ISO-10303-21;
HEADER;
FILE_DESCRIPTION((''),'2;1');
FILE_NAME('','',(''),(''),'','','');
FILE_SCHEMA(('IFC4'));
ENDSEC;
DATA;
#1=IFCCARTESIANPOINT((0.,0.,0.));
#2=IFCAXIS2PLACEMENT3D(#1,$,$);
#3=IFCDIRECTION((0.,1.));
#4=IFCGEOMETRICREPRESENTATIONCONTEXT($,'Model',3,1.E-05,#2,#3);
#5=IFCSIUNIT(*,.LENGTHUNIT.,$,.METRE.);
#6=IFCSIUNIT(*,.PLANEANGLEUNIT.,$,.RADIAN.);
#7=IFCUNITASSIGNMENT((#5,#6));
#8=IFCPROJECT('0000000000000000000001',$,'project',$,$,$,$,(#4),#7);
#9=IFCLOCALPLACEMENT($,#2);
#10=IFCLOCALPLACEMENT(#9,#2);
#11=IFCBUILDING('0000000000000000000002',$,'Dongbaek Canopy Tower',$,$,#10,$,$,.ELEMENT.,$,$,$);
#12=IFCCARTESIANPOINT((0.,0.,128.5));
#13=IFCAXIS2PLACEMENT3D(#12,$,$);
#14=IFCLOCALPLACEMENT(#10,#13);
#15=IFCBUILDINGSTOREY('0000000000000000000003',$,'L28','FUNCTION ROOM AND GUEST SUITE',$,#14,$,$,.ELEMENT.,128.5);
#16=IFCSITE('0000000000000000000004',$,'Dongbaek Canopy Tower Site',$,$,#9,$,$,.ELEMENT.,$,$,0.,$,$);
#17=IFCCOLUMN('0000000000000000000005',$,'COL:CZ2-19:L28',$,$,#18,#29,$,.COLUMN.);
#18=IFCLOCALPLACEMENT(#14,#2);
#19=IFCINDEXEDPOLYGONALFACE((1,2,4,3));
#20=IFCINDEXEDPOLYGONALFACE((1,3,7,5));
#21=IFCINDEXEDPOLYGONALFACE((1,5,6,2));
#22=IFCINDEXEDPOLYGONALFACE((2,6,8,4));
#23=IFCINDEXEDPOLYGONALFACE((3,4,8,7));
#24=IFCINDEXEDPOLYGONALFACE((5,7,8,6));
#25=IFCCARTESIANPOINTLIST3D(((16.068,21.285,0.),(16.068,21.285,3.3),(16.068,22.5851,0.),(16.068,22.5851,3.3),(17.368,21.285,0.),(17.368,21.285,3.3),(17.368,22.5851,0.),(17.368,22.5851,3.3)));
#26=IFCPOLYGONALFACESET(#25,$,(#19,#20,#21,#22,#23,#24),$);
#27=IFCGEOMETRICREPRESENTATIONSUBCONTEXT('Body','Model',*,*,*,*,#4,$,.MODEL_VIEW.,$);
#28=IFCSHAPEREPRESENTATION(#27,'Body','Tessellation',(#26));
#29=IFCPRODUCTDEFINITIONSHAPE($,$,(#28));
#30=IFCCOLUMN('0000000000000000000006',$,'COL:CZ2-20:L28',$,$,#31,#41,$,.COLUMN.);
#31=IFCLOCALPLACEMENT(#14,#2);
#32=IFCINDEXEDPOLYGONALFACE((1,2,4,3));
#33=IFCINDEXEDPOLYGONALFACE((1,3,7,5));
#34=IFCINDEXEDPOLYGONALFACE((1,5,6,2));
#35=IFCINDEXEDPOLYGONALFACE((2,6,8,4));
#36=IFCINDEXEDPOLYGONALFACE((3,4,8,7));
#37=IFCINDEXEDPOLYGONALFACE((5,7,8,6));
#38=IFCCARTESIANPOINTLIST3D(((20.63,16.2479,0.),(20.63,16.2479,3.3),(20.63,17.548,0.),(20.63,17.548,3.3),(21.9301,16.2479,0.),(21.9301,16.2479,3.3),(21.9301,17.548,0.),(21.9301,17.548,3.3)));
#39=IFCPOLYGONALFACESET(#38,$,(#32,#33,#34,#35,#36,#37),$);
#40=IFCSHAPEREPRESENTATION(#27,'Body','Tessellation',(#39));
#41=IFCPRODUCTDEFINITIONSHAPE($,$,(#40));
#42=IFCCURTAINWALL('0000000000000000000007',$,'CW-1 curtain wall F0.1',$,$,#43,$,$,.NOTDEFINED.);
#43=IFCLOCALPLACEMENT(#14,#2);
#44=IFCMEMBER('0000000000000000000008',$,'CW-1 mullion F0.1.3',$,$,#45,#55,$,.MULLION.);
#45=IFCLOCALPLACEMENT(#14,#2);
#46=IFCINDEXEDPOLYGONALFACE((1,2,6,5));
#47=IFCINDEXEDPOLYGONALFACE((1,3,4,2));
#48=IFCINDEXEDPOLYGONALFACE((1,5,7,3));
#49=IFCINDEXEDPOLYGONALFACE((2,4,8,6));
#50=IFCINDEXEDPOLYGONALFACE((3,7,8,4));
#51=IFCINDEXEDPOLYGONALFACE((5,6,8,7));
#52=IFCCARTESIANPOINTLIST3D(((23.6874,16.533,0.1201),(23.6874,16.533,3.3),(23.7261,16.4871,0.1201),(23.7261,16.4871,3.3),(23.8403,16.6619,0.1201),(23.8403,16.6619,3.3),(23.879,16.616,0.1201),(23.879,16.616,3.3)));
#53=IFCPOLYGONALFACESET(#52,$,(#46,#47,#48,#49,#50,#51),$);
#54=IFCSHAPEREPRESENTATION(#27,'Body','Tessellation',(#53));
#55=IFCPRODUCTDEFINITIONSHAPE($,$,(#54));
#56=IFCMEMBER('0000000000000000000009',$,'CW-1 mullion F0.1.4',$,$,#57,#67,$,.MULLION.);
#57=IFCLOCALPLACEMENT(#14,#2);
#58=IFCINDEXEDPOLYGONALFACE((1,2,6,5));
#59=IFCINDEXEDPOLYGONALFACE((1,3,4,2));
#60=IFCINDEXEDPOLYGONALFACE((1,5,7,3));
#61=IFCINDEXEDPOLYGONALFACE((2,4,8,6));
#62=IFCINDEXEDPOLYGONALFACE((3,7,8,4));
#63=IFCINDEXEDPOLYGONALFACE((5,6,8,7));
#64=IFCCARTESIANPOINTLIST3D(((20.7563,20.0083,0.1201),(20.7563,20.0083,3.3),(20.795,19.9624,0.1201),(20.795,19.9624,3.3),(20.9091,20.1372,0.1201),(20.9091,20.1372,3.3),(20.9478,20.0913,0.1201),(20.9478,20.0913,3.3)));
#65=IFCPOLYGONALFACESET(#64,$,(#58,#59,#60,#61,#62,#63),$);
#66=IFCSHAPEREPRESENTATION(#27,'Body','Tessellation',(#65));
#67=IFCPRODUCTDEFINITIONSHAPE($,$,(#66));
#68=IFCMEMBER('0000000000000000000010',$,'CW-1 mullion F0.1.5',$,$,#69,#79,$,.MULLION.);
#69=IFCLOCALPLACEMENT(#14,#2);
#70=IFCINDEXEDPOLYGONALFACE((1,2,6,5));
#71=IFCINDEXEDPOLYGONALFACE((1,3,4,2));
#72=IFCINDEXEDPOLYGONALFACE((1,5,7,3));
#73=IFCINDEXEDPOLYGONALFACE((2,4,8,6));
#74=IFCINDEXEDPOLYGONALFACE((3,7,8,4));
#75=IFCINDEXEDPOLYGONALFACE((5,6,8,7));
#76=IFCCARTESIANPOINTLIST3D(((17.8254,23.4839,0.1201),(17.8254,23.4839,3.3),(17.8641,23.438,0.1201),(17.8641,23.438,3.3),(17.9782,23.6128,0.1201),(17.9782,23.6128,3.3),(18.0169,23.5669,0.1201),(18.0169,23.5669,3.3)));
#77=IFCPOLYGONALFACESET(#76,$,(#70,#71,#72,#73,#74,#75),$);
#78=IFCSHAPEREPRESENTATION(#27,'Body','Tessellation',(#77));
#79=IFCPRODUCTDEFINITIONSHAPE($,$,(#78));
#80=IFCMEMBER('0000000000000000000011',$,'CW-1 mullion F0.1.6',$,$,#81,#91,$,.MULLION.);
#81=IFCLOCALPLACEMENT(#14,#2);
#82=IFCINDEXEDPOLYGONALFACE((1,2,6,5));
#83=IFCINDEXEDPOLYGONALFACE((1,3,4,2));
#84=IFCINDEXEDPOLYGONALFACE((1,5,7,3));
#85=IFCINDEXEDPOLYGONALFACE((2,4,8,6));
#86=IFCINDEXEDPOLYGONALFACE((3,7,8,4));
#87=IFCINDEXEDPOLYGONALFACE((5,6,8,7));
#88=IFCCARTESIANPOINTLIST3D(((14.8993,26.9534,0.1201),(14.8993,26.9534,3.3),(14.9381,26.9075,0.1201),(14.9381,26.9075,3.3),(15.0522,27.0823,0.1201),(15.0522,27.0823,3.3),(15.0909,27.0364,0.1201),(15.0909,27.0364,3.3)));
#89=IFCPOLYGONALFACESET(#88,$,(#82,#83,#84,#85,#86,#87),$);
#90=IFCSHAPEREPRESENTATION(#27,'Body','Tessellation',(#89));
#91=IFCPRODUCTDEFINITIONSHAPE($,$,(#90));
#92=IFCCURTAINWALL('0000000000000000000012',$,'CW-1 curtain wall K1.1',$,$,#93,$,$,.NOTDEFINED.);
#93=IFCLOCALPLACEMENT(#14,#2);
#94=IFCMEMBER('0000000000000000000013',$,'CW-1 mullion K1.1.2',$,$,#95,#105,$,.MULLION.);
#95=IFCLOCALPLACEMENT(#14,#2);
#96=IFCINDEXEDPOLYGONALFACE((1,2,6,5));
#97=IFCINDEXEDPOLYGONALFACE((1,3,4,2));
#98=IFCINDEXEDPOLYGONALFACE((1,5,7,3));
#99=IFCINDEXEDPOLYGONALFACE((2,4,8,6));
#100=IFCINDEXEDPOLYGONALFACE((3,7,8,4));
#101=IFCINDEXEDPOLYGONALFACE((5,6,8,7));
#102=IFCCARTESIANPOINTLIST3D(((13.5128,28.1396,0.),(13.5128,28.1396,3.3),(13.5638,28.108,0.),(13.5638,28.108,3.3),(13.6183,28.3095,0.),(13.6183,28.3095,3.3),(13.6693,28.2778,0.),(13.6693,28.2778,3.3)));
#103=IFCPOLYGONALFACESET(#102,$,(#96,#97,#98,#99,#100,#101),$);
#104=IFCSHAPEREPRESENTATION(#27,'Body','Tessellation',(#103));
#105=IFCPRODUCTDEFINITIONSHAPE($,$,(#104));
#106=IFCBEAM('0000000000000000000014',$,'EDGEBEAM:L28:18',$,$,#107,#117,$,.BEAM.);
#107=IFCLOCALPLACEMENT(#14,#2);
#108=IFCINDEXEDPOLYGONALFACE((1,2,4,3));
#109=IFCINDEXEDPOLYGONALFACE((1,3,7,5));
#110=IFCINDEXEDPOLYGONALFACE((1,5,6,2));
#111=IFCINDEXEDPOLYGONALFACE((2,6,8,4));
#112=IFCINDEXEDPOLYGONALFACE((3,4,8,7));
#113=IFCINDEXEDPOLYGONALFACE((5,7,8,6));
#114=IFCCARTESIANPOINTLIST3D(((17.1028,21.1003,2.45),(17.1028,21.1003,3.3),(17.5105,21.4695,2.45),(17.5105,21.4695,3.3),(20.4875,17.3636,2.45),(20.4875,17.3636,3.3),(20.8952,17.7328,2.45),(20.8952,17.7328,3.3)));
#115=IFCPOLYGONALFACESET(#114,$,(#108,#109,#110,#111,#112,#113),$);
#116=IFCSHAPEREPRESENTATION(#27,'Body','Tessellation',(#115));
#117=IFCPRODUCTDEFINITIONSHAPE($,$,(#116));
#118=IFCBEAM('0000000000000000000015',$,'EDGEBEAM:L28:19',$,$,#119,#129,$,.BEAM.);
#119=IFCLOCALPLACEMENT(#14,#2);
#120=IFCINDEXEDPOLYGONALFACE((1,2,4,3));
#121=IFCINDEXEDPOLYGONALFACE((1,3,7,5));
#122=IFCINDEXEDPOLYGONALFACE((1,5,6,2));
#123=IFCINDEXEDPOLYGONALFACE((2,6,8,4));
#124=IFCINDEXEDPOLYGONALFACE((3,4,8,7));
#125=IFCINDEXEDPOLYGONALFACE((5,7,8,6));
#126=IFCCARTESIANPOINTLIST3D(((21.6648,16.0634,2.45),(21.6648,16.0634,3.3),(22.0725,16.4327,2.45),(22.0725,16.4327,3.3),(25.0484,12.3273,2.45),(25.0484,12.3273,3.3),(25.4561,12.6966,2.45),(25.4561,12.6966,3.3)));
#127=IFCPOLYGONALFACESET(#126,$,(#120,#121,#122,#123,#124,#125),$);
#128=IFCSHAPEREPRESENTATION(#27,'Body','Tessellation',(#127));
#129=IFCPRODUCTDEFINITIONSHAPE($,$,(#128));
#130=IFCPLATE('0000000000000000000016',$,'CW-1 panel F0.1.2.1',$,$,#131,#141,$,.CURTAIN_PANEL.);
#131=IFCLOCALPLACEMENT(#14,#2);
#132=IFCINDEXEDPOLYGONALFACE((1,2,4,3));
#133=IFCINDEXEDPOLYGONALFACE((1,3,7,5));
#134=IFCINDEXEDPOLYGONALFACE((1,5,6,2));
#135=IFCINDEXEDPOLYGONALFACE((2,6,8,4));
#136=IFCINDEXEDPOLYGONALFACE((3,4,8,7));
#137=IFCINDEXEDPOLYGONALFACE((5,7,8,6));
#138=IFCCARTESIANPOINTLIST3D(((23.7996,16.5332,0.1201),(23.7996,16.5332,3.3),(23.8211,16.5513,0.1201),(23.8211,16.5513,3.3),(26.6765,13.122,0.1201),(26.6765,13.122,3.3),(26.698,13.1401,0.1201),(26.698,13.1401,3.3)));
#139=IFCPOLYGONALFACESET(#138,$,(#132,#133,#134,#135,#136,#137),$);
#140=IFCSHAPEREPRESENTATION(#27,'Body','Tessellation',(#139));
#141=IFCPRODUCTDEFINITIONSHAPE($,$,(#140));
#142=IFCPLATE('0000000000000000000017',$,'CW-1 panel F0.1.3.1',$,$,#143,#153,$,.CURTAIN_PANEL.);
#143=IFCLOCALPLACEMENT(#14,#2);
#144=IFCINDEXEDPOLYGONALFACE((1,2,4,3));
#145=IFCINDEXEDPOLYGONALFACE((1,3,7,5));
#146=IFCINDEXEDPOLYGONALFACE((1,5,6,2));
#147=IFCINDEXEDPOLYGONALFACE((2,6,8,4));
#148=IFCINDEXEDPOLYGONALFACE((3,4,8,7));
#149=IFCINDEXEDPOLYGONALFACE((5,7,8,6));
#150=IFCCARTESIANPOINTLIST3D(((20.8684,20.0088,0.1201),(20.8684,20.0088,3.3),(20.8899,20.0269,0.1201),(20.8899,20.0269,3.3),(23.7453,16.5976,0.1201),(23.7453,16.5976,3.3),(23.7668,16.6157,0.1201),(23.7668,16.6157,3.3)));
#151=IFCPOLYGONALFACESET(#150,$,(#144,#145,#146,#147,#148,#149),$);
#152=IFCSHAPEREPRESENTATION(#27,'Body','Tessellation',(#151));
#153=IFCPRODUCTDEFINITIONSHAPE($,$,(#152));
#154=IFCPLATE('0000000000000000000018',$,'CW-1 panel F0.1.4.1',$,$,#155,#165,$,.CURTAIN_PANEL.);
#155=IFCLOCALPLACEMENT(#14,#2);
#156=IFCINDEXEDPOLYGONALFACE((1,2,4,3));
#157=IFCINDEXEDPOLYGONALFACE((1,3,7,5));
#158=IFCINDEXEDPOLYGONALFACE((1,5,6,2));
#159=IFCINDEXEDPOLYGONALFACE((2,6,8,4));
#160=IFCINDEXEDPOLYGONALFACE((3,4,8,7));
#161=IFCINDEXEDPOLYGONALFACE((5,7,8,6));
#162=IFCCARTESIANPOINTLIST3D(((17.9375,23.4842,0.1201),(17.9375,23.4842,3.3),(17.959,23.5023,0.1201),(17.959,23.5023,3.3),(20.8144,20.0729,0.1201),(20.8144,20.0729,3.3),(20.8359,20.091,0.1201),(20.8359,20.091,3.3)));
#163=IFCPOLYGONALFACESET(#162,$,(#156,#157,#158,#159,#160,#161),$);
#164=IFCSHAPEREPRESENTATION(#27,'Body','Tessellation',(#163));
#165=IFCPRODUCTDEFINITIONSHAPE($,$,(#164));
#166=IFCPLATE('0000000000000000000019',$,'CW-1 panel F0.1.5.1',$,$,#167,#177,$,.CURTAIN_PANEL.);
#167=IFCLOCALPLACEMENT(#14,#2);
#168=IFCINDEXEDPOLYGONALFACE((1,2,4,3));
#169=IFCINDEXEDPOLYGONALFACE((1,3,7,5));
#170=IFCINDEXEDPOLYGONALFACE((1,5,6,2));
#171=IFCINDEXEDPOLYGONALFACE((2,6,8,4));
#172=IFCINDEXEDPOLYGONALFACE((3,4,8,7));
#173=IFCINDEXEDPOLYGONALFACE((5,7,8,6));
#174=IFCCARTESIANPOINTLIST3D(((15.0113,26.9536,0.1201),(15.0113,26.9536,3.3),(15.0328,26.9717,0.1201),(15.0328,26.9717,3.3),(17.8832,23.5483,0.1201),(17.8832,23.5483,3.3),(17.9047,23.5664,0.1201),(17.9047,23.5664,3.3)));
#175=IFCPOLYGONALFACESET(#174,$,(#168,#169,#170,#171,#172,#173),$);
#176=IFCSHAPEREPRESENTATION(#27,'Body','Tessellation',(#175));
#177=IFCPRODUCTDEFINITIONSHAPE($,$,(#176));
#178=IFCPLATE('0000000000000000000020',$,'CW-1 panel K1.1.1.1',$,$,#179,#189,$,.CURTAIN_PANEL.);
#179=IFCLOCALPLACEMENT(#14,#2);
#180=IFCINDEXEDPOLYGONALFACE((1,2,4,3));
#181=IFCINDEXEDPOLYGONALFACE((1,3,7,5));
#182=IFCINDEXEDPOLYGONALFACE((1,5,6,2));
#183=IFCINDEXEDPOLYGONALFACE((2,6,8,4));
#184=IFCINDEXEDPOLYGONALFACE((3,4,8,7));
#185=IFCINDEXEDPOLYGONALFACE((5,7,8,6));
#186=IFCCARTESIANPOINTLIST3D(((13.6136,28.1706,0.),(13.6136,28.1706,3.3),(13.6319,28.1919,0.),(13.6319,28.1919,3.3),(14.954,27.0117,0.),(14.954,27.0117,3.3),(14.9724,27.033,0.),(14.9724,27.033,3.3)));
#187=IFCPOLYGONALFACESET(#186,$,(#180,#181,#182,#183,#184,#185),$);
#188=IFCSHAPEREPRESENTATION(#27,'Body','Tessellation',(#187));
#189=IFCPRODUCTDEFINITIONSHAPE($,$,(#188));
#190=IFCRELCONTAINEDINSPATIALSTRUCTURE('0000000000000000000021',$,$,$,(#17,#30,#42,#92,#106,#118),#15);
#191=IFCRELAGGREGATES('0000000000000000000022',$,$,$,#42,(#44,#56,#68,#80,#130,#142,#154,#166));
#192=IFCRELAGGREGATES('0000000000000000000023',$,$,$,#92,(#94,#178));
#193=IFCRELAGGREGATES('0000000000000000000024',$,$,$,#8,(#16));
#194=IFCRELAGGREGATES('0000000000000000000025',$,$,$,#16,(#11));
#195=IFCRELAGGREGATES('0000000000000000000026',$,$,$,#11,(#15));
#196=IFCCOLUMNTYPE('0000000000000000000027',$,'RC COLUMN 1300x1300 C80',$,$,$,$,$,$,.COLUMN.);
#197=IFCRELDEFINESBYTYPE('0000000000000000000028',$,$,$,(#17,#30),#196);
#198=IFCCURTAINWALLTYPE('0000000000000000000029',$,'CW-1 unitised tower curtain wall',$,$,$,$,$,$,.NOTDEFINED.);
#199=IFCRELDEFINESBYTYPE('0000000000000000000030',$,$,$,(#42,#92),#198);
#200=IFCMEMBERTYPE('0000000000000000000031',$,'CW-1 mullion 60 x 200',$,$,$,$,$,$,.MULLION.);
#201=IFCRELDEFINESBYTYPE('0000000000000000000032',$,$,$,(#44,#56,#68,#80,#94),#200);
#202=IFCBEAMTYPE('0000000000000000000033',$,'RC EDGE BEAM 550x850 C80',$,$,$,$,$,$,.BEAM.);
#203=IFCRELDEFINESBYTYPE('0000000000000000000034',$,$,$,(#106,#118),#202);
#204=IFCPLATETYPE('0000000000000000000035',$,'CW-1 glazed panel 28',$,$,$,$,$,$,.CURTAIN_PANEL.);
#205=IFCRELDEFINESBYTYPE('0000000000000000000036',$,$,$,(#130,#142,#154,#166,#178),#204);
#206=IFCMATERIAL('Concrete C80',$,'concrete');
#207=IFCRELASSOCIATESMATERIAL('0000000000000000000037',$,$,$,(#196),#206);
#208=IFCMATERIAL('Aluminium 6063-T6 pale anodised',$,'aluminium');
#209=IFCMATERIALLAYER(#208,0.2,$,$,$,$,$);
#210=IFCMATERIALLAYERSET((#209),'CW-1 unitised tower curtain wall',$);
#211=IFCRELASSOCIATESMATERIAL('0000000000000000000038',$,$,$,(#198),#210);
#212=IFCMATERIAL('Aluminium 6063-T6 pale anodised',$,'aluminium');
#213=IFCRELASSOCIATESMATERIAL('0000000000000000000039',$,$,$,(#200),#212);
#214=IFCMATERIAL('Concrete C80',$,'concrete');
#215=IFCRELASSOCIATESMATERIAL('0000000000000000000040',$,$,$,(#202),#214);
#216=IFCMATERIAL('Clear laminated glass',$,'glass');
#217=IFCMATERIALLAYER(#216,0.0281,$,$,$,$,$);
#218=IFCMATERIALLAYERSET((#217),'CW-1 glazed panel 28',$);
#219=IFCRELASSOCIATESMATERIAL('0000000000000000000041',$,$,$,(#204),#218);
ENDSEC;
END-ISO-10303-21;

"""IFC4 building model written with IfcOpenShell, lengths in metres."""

from ifc_helpers import new_model, si_unit, direction, frame, origin, origin_2d, place, context, subcontext, project, spatial, rectangle, extrude, material, layer, layer_set, material_profile, profile_set, type_object, element, aggregate, save


model = new_model("IFC4")

# Units and contexts
model_context = context("Model", 3, precision=1e-05, world=origin(), true_north=direction((0.0, 1.0)))
body_context = subcontext(model_context, "Body", "Model", "MODEL_VIEW")
ifc_project = project(units=[si_unit("LENGTHUNIT", "METRE"), si_unit("PLANEANGLEUNIT", "RADIAN")], contexts=[model_context])

# Site, building, storey
site_placement = place(None, origin())
site = spatial("IfcSite", under=ifc_project, at=site_placement, Name="Dongbaek Canopy Tower Site", CompositionType="ELEMENT", RefElevation=0.0)
building_placement = place(site_placement, origin())
building = spatial("IfcBuilding", under=site, at=building_placement, Name="Dongbaek Canopy Tower", CompositionType="ELEMENT")
storey_placement = place(building_placement, frame((0.0, 0.0, 128.5)))
storey = spatial("IfcBuildingStorey", under=building, at=storey_placement, Name="L28", Description="FUNCTION ROOM AND GUEST SUITE", CompositionType="ELEMENT", Elevation=128.5)

# Columns
ifc_material_1 = material(Name="Concrete C80", Category="concrete")
ifc_material_profile_1 = material_profile(ifc_material_1, rectangle(XDim=1.3, YDim=1.3, at=origin_2d()), Name="RC COLUMN 1300x1300 C80")
ifc_profile_set_1 = profile_set([ifc_material_profile_1], Name="Concrete C80")
column_type = type_object("IfcColumnType", Name="RC COLUMN 1300x1300 C80", PredefinedType="COLUMN", material=ifc_profile_set_1)
for number, where, z_axis, x_axis, name in (
    (1, (16.718, 21.9351, 0.0), (0.0, 0.0, 1.0), (1.0, 0.0, 0.0), "COL:CZ2-19:L28"),
    (2, (21.28, 16.8979, 0.0), (0.0, 0.0, 1.0), (1.0, 0.0, 0.0), "COL:CZ2-20:L28"),
):
    element("IfcColumn", number, at=place(storey_placement, frame(where, z_axis=z_axis, x_axis=x_axis)), inside=storey, type_object=column_type, Name=name, PredefinedType="COLUMN", context=body_context, shape_type="SweptSolid", body=[
        extrude(rectangle(XDim=1.3, YDim=1.3, at=origin_2d()), origin(), (0.0, 0.0, 1.0), 3.3),
    ])

# Curtain wall, members
ifc_material_2 = material(Name="Aluminium 6063-T6 pale anodised", Category="aluminium")
ifc_layer_1 = layer(ifc_material_2, 0.2)
ifc_layer_set_1 = layer_set([ifc_layer_1], Name="CW-1 unitised tower curtain wall")
curtain_wall_type = type_object("IfcCurtainWallType", Name="CW-1 unitised tower curtain wall", PredefinedType="NOTDEFINED", material=ifc_layer_set_1)
curtain_wall_1_placement = place(storey_placement, origin())
curtain_wall_1 = element("IfcCurtainWall", 3, at=curtain_wall_1_placement, inside=storey, type_object=curtain_wall_type, Name="CW-1 curtain wall F0.1", PredefinedType="NOTDEFINED")
ifc_material_3 = material(Name="Aluminium 6063-T6 pale anodised", Category="aluminium")
ifc_material_profile_2 = material_profile(ifc_material_3, rectangle(XDim=0.2, YDim=0.0601, at=origin_2d()), Name="CW-1 mullion 60 x 200")
ifc_profile_set_2 = profile_set([ifc_material_profile_2], Name="Aluminium 6063-T6 pale anodised")
member_type = type_object("IfcMemberType", Name="CW-1 mullion 60 x 200", PredefinedType="MULLION", material=ifc_profile_set_2)
member_1_placement = place(storey_placement, frame((23.7832, 16.5745, 0.1201), z_axis=(0.0, 0.0, 1.0), x_axis=(0.764439, 0.644696, 0.0)))
member_1 = element("IfcMember", 4, at=member_1_placement, type_object=member_type, Name="CW-1 mullion F0.1.3", PredefinedType="MULLION", context=body_context, shape_type="SweptSolid", body=[
    extrude(rectangle(XDim=0.2, YDim=0.0601, at=origin_2d()), origin(), (0.0, 0.0, 1.0), 3.1799),
])
member_2_placement = place(storey_placement, frame((20.8521, 20.0498, 0.1201), z_axis=(0.0, 0.0, 1.0), x_axis=(0.764439, 0.644696, 0.0)))
member_2 = element("IfcMember", 5, at=member_2_placement, type_object=member_type, Name="CW-1 mullion F0.1.4", PredefinedType="MULLION", context=body_context, shape_type="SweptSolid", body=[
    extrude(rectangle(XDim=0.2, YDim=0.0601, at=origin_2d()), origin(), (0.0, 0.0, 1.0), 3.1799),
])
member_3_placement = place(storey_placement, frame((17.9211, 23.5254, 0.1201), z_axis=(0.0, 0.0, 1.0), x_axis=(0.764439, 0.644696, 0.0)))
member_3 = element("IfcMember", 6, at=member_3_placement, type_object=member_type, Name="CW-1 mullion F0.1.5", PredefinedType="MULLION", context=body_context, shape_type="SweptSolid", body=[
    extrude(rectangle(XDim=0.2, YDim=0.0601, at=origin_2d()), origin(), (0.0, 0.0, 1.0), 3.1799),
])
member_4_placement = place(storey_placement, frame((14.9951, 26.9949, 0.1201), z_axis=(0.0, 0.0, 1.0), x_axis=(0.764439, 0.644696, 0.0)))
member_4 = element("IfcMember", 7, at=member_4_placement, type_object=member_type, Name="CW-1 mullion F0.1.6", PredefinedType="MULLION", context=body_context, shape_type="SweptSolid", body=[
    extrude(rectangle(XDim=0.2, YDim=0.0601, at=origin_2d()), origin(), (0.0, 0.0, 1.0), 3.1799),
])

# Curtain wall, member
curtain_wall_2_placement = place(storey_placement, origin())
curtain_wall_2 = element("IfcCurtainWall", 8, at=curtain_wall_2_placement, inside=storey, type_object=curtain_wall_type, Name="CW-1 curtain wall K1.1", PredefinedType="NOTDEFINED")
member_5_placement = place(storey_placement, frame((13.5911, 28.2087, 0.0), z_axis=(0.0, 0.0, 1.0), x_axis=(0.527441, 0.849592, 0.0)))
member_5 = element("IfcMember", 9, at=member_5_placement, type_object=member_type, Name="CW-1 mullion K1.1.2", PredefinedType="MULLION", context=body_context, shape_type="SweptSolid", body=[
    extrude(rectangle(XDim=0.2, YDim=0.0601, at=origin_2d()), origin(), (0.0, 0.0, 1.0), 3.3),
])

# Beams
ifc_material_4 = material(Name="Concrete C80", Category="concrete")
ifc_material_profile_3 = material_profile(ifc_material_4, rectangle(XDim=0.55, YDim=0.8501, at=origin_2d()), Name="RC EDGE BEAM 550x850 C80")
ifc_profile_set_3 = profile_set([ifc_material_profile_3], Name="Concrete C80")
beam_type = type_object("IfcBeamType", Name="RC EDGE BEAM 550x850 C80", PredefinedType="BEAM", material=ifc_profile_set_3)
beam_1_placement = place(storey_placement, frame((17.3066, 21.2849, 2.875), z_axis=(0.671332, -0.741157, 0.0), x_axis=(0.741157, 0.671332, 0.0)))
element("IfcBeam", 10, at=beam_1_placement, inside=storey, type_object=beam_type, Name="EDGEBEAM:L28:18", PredefinedType="BEAM", context=body_context, shape_type="SweptSolid", body=[
    extrude(rectangle(XDim=0.55, YDim=0.8501, at=origin_2d()), origin(), (0.0, 0.0, 1.0), 5.0417),
])
beam_2_placement = place(storey_placement, frame((21.8687, 16.248, 2.875), z_axis=(0.671271, -0.741212, 0.0), x_axis=(0.741212, 0.671271, 0.0)))
element("IfcBeam", 11, at=beam_2_placement, inside=storey, type_object=beam_type, Name="EDGEBEAM:L28:19", PredefinedType="BEAM", context=body_context, shape_type="SweptSolid", body=[
    extrude(rectangle(XDim=0.55, YDim=0.8501, at=origin_2d()), origin(), (0.0, 0.0, 1.0), 5.0405),
])

# Plates
ifc_material_5 = material(Name="Clear laminated glass", Category="glass")
ifc_layer_2 = layer(ifc_material_5, 0.0281)
ifc_layer_set_2 = layer_set([ifc_layer_2], Name="CW-1 glazed panel 28")
plate_type = type_object("IfcPlateType", Name="CW-1 glazed panel 28", PredefinedType="CURTAIN_PANEL", material=ifc_layer_set_2)
plate_1_placement = place(storey_placement, frame((25.2488, 14.8367, 0.1201), z_axis=(0.0, 0.0, 1.0), x_axis=(-0.644696, 0.764439, 0.0)))
plate_1 = element("IfcPlate", 12, at=plate_1_placement, type_object=plate_type, Name="CW-1 panel F0.1.2.1", PredefinedType="CURTAIN_PANEL", context=body_context, shape_type="SweptSolid", body=[
    extrude(rectangle(XDim=4.4624, YDim=0.0281, at=origin_2d()), origin(), (0.0, 0.0, 1.0), 3.1799),
])
plate_2_placement = place(storey_placement, frame((22.3176, 18.3123, 0.1201), z_axis=(0.0, 0.0, 1.0), x_axis=(-0.644696, 0.764439, 0.0)))
plate_2 = element("IfcPlate", 13, at=plate_2_placement, type_object=plate_type, Name="CW-1 panel F0.1.3.1", PredefinedType="CURTAIN_PANEL", context=body_context, shape_type="SweptSolid", body=[
    extrude(rectangle(XDim=4.4624, YDim=0.0281, at=origin_2d()), origin(), (0.0, 0.0, 1.0), 3.1799),
])
plate_3_placement = place(storey_placement, frame((19.3867, 21.7876, 0.1201), z_axis=(0.0, 0.0, 1.0), x_axis=(-0.644696, 0.764439, 0.0)))
plate_3 = element("IfcPlate", 14, at=plate_3_placement, type_object=plate_type, Name="CW-1 panel F0.1.4.1", PredefinedType="CURTAIN_PANEL", context=body_context, shape_type="SweptSolid", body=[
    extrude(rectangle(XDim=4.4624, YDim=0.0281, at=origin_2d()), origin(), (0.0, 0.0, 1.0), 3.1799),
])
plate_4_placement = place(storey_placement, frame((16.458, 25.26, 0.1201), z_axis=(0.0, 0.0, 1.0), x_axis=(-0.644696, 0.764439, 0.0)))
plate_4 = element("IfcPlate", 15, at=plate_4_placement, type_object=plate_type, Name="CW-1 panel F0.1.5.1", PredefinedType="CURTAIN_PANEL", context=body_context, shape_type="SweptSolid", body=[
    extrude(rectangle(XDim=4.4546, YDim=0.0281, at=origin_2d()), origin(), (0.0, 0.0, 1.0), 3.1799),
])
plate_5_placement = place(storey_placement, frame((14.293, 27.6018, 0.0), z_axis=(0.0, 0.0, 1.0), x_axis=(-0.756482, 0.654014, 0.0)))
plate_5 = element("IfcPlate", 16, at=plate_5_placement, type_object=plate_type, Name="CW-1 panel K1.1.1.1", PredefinedType="CURTAIN_PANEL", context=body_context, shape_type="SweptSolid", body=[
    extrude(rectangle(XDim=1.772, YDim=0.0281, at=origin_2d()), origin(), (0.0, 0.0, 1.0), 3.3),
])

aggregate(curtain_wall_1, [member_1, member_2, member_3, member_4, plate_1, plate_2, plate_3, plate_4])
aggregate(curtain_wall_2, [member_5, plate_5])

save(model, "model.ifc")
